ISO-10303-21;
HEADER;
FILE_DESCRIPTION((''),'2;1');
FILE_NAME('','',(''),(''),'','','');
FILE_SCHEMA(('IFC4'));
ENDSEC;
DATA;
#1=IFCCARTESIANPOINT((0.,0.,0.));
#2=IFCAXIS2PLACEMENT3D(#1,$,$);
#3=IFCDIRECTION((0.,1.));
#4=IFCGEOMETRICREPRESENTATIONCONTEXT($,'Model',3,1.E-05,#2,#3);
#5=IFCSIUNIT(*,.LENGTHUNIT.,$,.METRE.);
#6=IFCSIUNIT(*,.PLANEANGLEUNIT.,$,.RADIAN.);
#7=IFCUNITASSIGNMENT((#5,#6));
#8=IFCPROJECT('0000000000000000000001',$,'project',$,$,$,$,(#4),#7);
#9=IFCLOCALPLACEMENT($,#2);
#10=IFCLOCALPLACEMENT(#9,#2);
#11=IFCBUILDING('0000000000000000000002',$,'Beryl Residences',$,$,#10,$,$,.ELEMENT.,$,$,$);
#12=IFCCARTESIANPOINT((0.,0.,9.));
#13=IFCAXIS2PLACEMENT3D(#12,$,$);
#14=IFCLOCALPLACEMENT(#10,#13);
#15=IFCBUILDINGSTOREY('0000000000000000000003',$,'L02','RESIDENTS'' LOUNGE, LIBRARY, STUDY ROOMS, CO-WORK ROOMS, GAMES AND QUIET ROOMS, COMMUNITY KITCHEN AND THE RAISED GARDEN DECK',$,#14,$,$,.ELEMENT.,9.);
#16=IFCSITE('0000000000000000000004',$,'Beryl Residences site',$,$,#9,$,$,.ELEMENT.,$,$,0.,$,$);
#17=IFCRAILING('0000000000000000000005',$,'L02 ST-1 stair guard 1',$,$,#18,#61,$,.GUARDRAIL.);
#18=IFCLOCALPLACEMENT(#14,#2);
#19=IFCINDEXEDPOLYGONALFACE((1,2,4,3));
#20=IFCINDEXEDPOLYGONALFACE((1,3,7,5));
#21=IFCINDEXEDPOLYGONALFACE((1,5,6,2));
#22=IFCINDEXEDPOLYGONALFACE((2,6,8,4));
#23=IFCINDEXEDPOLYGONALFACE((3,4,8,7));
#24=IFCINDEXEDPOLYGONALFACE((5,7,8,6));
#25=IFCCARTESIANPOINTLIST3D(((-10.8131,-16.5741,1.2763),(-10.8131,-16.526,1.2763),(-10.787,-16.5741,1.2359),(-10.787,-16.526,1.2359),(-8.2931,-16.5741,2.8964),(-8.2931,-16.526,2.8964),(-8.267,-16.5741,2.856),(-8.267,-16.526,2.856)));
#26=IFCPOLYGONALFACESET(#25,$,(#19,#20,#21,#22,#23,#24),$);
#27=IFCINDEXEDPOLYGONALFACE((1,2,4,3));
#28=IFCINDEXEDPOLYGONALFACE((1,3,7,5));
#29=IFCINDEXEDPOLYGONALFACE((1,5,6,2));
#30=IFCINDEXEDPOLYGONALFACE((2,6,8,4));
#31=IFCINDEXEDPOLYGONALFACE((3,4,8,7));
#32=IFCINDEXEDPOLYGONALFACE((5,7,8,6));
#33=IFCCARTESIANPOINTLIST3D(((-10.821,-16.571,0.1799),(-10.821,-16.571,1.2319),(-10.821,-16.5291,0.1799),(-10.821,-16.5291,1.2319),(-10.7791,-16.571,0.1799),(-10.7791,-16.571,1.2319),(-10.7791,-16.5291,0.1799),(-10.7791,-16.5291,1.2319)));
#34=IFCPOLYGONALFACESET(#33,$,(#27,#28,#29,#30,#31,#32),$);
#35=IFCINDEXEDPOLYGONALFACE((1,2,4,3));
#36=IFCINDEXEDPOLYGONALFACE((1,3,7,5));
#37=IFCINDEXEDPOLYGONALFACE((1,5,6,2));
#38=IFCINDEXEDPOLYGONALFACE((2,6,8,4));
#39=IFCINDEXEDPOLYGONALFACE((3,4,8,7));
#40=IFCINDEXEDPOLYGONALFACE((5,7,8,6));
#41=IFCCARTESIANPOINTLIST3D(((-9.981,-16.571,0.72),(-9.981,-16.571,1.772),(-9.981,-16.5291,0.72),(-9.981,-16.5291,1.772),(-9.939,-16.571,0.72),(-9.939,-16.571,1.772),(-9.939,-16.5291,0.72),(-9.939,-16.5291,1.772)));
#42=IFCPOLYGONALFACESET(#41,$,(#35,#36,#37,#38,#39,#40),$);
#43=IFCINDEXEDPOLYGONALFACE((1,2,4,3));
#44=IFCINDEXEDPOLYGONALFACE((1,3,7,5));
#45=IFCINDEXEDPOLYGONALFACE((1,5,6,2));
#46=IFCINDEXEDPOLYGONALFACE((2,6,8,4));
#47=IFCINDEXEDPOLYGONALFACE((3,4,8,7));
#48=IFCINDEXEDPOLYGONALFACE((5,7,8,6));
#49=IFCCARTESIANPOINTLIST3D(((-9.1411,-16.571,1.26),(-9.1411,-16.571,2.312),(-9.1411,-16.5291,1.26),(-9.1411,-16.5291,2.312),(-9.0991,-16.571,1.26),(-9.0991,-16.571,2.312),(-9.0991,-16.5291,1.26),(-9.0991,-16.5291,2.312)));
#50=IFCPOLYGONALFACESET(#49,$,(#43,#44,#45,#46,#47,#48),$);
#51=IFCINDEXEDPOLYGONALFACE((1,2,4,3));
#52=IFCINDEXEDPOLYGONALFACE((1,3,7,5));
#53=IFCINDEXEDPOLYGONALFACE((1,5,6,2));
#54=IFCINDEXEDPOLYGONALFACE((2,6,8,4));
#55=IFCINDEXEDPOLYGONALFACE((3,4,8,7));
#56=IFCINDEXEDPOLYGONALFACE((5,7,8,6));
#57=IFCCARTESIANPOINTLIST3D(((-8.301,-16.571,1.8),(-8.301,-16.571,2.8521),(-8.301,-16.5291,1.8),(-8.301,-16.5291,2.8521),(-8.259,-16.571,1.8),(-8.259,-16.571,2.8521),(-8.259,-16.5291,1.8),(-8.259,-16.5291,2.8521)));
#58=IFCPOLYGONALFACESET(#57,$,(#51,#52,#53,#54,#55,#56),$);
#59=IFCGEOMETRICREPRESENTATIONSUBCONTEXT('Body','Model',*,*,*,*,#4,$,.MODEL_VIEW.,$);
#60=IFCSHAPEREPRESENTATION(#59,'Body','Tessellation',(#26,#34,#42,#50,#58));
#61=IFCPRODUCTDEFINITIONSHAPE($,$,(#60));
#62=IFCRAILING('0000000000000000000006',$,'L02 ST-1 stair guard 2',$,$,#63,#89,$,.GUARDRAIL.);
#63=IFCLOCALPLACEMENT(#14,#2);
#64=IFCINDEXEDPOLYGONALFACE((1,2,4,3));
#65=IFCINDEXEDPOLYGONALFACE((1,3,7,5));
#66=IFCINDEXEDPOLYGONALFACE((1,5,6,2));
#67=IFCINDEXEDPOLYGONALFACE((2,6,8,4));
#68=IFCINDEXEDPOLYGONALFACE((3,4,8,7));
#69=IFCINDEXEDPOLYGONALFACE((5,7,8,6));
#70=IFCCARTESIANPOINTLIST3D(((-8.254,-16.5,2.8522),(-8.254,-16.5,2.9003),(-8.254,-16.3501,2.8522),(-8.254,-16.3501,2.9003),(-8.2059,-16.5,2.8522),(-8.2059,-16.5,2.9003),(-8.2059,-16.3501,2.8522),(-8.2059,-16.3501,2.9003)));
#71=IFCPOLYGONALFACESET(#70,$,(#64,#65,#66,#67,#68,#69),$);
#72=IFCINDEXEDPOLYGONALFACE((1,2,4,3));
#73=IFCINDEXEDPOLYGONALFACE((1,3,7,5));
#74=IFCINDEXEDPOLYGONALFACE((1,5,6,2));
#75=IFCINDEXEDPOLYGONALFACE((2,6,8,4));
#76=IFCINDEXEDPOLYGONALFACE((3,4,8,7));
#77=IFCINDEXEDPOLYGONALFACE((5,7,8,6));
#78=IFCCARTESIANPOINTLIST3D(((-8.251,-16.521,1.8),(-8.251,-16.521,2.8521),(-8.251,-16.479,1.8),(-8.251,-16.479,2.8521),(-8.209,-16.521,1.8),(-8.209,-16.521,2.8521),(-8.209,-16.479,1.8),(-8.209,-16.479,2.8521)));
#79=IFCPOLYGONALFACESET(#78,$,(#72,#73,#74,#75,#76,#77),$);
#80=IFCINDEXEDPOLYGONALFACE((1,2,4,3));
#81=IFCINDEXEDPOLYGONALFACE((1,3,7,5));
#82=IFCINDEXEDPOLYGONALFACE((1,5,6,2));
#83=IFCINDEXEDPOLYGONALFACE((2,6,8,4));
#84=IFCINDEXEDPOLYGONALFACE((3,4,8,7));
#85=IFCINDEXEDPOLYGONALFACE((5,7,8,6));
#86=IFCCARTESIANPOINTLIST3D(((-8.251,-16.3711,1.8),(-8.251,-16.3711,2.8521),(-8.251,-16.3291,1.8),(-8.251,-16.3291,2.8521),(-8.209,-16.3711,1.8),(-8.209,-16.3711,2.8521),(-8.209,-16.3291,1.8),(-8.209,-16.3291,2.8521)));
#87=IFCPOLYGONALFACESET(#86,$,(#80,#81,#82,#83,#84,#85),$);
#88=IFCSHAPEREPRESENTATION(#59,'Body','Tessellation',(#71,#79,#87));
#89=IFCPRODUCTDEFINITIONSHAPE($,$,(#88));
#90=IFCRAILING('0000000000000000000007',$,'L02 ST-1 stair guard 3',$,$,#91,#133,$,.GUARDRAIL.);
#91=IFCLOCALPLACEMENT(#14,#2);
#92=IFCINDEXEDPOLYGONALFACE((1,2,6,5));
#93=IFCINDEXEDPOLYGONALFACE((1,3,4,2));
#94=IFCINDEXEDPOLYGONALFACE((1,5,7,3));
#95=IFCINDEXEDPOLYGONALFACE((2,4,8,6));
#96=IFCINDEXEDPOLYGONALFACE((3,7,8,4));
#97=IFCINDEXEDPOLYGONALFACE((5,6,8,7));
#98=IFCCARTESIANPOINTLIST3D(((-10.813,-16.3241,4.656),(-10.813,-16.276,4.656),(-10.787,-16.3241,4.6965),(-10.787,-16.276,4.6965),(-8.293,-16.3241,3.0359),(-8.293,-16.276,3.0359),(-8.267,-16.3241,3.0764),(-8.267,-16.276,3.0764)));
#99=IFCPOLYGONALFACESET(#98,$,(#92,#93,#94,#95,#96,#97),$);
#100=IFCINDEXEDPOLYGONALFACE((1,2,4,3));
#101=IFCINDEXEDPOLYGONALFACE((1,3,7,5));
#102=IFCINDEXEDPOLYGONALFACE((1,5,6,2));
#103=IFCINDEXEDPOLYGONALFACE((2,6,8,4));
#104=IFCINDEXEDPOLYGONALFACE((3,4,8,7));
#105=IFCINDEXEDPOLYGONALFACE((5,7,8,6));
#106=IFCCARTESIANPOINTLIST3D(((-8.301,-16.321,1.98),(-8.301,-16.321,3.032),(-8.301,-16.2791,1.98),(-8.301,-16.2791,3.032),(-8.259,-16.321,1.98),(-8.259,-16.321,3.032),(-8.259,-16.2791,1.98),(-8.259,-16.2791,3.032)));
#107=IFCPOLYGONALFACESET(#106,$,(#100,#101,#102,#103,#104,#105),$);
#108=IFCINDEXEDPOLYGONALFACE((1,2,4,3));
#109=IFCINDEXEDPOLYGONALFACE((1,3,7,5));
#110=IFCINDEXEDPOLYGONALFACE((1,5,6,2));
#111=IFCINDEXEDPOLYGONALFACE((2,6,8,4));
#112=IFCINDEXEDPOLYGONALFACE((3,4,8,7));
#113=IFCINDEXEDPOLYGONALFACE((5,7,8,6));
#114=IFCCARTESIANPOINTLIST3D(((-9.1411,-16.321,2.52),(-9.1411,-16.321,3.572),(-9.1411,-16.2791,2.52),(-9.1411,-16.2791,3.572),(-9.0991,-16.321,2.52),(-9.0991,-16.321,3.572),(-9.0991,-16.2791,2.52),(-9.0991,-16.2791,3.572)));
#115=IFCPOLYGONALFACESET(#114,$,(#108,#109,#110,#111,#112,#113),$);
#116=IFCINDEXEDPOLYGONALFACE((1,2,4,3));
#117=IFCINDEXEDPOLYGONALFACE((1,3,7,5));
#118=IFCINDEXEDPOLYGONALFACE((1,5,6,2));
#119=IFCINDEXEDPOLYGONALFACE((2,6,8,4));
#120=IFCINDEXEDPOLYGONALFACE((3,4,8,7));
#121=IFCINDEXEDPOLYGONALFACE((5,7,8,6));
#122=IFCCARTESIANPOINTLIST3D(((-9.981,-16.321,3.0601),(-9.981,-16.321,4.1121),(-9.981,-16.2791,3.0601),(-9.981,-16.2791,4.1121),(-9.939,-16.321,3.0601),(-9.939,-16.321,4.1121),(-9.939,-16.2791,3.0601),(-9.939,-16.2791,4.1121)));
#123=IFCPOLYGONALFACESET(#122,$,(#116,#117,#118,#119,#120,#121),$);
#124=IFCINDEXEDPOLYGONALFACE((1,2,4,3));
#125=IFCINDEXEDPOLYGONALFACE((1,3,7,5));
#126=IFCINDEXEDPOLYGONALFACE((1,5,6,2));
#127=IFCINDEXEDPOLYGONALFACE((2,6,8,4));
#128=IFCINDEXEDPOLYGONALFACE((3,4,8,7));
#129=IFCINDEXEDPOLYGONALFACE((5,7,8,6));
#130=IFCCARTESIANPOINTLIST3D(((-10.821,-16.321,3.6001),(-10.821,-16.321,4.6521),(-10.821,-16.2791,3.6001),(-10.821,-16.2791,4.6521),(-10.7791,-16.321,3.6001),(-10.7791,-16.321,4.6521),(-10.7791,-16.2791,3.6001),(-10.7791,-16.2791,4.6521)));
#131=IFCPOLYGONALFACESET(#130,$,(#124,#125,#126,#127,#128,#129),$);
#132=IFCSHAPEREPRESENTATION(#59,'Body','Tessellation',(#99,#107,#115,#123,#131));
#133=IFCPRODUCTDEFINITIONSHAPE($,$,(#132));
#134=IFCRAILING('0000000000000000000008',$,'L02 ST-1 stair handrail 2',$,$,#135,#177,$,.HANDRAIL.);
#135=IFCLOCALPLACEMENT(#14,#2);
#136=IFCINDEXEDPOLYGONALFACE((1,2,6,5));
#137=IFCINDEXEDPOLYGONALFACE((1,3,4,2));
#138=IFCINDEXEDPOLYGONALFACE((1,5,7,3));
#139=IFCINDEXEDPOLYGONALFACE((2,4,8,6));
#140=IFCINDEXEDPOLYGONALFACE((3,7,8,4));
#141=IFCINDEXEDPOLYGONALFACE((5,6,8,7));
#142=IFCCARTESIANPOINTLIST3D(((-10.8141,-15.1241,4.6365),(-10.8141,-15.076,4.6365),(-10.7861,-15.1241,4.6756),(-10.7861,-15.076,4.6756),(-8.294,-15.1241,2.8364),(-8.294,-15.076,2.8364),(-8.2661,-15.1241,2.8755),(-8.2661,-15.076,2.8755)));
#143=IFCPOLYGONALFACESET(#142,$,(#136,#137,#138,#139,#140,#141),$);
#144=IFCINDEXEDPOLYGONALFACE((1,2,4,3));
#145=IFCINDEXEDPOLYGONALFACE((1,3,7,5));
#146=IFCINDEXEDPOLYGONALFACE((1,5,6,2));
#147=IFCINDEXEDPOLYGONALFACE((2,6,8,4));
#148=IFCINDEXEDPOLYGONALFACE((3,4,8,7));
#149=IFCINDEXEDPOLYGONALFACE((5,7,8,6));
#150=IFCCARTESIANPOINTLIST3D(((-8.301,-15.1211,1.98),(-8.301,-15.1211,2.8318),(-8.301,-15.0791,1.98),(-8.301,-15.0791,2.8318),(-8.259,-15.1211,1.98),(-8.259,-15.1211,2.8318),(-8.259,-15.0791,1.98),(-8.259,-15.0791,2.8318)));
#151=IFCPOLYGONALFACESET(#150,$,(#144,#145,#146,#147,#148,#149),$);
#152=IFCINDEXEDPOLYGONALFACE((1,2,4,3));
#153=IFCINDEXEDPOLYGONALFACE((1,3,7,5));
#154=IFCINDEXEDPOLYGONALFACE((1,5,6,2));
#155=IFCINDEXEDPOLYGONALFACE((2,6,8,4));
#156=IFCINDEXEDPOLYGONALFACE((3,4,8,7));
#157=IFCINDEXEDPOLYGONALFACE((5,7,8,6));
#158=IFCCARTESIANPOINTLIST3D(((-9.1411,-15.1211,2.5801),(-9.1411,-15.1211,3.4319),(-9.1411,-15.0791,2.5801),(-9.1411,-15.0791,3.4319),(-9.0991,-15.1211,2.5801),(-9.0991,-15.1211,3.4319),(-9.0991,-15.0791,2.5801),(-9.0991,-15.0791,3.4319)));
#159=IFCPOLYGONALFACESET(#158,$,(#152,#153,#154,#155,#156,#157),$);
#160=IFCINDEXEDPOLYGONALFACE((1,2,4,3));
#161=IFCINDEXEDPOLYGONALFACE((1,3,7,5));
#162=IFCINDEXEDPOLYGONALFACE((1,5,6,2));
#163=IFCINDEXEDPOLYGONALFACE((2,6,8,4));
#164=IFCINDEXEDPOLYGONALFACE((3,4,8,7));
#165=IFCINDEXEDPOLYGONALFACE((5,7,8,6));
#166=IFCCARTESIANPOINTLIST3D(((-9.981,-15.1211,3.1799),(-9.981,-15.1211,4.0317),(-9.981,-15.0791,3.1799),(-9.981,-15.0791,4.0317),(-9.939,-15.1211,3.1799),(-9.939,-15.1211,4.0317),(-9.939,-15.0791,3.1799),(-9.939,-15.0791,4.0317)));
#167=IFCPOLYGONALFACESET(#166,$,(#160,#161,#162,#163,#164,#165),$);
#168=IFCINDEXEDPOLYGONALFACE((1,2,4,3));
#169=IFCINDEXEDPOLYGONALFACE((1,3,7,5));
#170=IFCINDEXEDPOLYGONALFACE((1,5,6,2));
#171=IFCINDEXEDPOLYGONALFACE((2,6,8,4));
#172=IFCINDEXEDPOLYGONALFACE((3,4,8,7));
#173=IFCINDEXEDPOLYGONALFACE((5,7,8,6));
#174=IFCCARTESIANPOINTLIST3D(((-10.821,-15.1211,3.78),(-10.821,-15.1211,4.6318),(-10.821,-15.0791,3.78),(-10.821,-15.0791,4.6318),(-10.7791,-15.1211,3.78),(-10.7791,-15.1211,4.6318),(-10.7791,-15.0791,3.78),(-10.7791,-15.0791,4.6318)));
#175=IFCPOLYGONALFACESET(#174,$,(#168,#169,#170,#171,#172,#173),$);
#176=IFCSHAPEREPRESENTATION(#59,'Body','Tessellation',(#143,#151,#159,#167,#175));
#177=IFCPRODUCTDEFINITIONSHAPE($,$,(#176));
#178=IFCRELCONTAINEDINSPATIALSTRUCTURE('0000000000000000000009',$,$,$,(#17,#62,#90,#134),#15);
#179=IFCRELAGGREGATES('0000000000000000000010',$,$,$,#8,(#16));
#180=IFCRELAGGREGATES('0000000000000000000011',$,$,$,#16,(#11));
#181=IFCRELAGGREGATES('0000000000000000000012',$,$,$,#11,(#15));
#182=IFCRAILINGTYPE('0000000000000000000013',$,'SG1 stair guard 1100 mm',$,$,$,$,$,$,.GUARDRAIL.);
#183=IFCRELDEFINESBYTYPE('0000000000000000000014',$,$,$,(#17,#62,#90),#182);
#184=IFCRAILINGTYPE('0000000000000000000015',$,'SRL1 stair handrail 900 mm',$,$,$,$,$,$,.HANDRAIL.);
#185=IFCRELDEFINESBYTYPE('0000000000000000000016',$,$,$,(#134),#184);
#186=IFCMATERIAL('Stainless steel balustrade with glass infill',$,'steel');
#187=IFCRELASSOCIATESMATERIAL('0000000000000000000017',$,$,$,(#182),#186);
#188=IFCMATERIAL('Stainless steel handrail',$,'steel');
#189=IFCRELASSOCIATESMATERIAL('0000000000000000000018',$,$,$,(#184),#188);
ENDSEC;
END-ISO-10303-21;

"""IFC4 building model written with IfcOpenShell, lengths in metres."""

from ifc_helpers import new_model, si_unit, direction, frame, origin, origin_2d, place, context, subcontext, project, spatial, rectangle, extrude, material, type_object, element, save


model = new_model("IFC4")

# Units and contexts
model_context = context("Model", 3, precision=1e-05, world=origin(), true_north=direction((0.0, 1.0)))
body_context = subcontext(model_context, "Body", "Model", "MODEL_VIEW")
ifc_project = project(units=[si_unit("LENGTHUNIT", "METRE"), si_unit("PLANEANGLEUNIT", "RADIAN")], contexts=[model_context])

# Site, building, storey
site_placement = place(None, origin())
site = spatial("IfcSite", under=ifc_project, at=site_placement, Name="Beryl Residences site", CompositionType="ELEMENT", RefElevation=0.0)
building_placement = place(site_placement, origin())
building = spatial("IfcBuilding", under=site, at=building_placement, Name="Beryl Residences", CompositionType="ELEMENT")
storey_placement = place(building_placement, frame((0.0, 0.0, 9.0)))
storey = spatial("IfcBuildingStorey", under=building, at=storey_placement, Name="L02", Description="RESIDENTS' LOUNGE, LIBRARY, STUDY ROOMS, CO-WORK ROOMS, GAMES AND QUIET ROOMS, COMMUNITY KITCHEN AND THE RAISED GARDEN DECK", CompositionType="ELEMENT", Elevation=9.0)

# Railings
ifc_material_1 = material(Name="Stainless steel balustrade with glass infill", Category="steel")
railing_type_1 = type_object("IfcRailingType", Name="SG1 stair guard 1100 mm", PredefinedType="GUARDRAIL", material=ifc_material_1)
railing_1_placement = place(storey_placement, frame((-10.8, -16.55, 0.1799)))
element("IfcRailing", 1, at=railing_1_placement, inside=storey, type_object=railing_type_1, Name="L02 ST-1 stair guard 1", PredefinedType="GUARDRAIL", context=body_context, shape_type="SweptSolid", body=[
    extrude(rectangle(XDim=0.0481, YDim=0.0481, at=origin_2d()), frame((0.0, 0.0, 1.0762), z_axis=(0.841163, 0.0, 0.540782), x_axis=(0.0, 1.0, 0.0)), (0.0, 0.0, 1.0), 2.9958),
    extrude(rectangle(XDim=0.042, YDim=0.042, at=origin_2d()), origin(), (0.0, 0.0, 1.0), 1.052),
    extrude(rectangle(XDim=0.042, YDim=0.042, at=origin_2d()), frame((0.8401, 0.0, 0.54)), (0.0, 0.0, 1.0), 1.052),
    extrude(rectangle(XDim=0.042, YDim=0.042, at=origin_2d()), frame((1.6799, 0.0, 1.0801)), (0.0, 0.0, 1.0), 1.052),
    extrude(rectangle(XDim=0.042, YDim=0.042, at=origin_2d()), frame((2.52, 0.0, 1.6201)), (0.0, 0.0, 1.0), 1.052),
])
railing_2_placement = place(storey_placement, frame((-8.23, -16.5, 1.8)))
element("IfcRailing", 2, at=railing_2_placement, inside=storey, type_object=railing_type_1, Name="L02 ST-1 stair guard 2", PredefinedType="GUARDRAIL", context=body_context, shape_type="SweptSolid", body=[
    extrude(rectangle(XDim=0.0481, YDim=0.0481, at=origin_2d()), frame((0.0, 0.0, 1.0762), z_axis=(0.0, 1.0, 0.0), x_axis=(-1.0, 0.0, 0.0)), (0.0, 0.0, 1.0), 0.1499),
    extrude(rectangle(XDim=0.042, YDim=0.042, at=origin_2d()), origin(), (0.0, 0.0, 1.0), 1.052),
    extrude(rectangle(XDim=0.042, YDim=0.042, at=origin_2d()), frame((0.0, 0.1499, 0.0)), (0.0, 0.0, 1.0), 1.052),
])
railing_3_placement = place(storey_placement, frame((-8.28, -16.3, 1.98)))
element("IfcRailing", 3, at=railing_3_placement, inside=storey, type_object=railing_type_1, Name="L02 ST-1 stair guard 3", PredefinedType="GUARDRAIL", context=body_context, shape_type="SweptSolid", body=[
    extrude(rectangle(XDim=0.0481, YDim=0.0481, at=origin_2d()), frame((0.0, 0.0, 1.0762), z_axis=(-0.841163, 0.0, 0.540782), x_axis=(0.0, -1.0, 0.0)), (0.0, 0.0, 1.0), 2.9958),
    extrude(rectangle(XDim=0.042, YDim=0.042, at=origin_2d()), origin(), (0.0, 0.0, 1.0), 1.052),
    extrude(rectangle(XDim=0.042, YDim=0.042, at=origin_2d()), frame((-0.8401, 0.0, 0.54)), (0.0, 0.0, 1.0), 1.052),
    extrude(rectangle(XDim=0.042, YDim=0.042, at=origin_2d()), frame((-1.6799, 0.0, 1.0801)), (0.0, 0.0, 1.0), 1.052),
    extrude(rectangle(XDim=0.042, YDim=0.042, at=origin_2d()), frame((-2.52, 0.0, 1.6201)), (0.0, 0.0, 1.0), 1.052),
])
ifc_material_2 = material(Name="Stainless steel handrail", Category="steel")
railing_type_2 = type_object("IfcRailingType", Name="SRL1 stair handrail 900 mm", PredefinedType="HANDRAIL", material=ifc_material_2)
railing_4_placement = place(storey_placement, frame((-8.28, -15.1001, 1.98)))
element("IfcRailing", 4, at=railing_4_placement, inside=storey, type_object=railing_type_2, Name="L02 ST-1 stair handrail 2", PredefinedType="HANDRAIL", context=body_context, shape_type="SweptSolid", body=[
    extrude(rectangle(XDim=0.0481, YDim=0.0481, at=origin_2d()), frame((0.0, 0.0, 0.876), z_axis=(-0.813728, 0.0, 0.581246), x_axis=(0.0, -1.0, 0.0)), (0.0, 0.0, 1.0), 3.0969),
    extrude(rectangle(XDim=0.042, YDim=0.042, at=origin_2d()), origin(), (0.0, 0.0, 1.0), 0.8518),
    extrude(rectangle(XDim=0.042, YDim=0.042, at=origin_2d()), frame((-0.8401, 0.0, 0.6001)), (0.0, 0.0, 1.0), 0.8518),
    extrude(rectangle(XDim=0.042, YDim=0.042, at=origin_2d()), frame((-1.6799, 0.0, 1.2)), (0.0, 0.0, 1.0), 0.8518),
    extrude(rectangle(XDim=0.042, YDim=0.042, at=origin_2d()), frame((-2.52, 0.0, 1.8)), (0.0, 0.0, 1.0), 0.8518),
])

save(model, "model.ifc")
